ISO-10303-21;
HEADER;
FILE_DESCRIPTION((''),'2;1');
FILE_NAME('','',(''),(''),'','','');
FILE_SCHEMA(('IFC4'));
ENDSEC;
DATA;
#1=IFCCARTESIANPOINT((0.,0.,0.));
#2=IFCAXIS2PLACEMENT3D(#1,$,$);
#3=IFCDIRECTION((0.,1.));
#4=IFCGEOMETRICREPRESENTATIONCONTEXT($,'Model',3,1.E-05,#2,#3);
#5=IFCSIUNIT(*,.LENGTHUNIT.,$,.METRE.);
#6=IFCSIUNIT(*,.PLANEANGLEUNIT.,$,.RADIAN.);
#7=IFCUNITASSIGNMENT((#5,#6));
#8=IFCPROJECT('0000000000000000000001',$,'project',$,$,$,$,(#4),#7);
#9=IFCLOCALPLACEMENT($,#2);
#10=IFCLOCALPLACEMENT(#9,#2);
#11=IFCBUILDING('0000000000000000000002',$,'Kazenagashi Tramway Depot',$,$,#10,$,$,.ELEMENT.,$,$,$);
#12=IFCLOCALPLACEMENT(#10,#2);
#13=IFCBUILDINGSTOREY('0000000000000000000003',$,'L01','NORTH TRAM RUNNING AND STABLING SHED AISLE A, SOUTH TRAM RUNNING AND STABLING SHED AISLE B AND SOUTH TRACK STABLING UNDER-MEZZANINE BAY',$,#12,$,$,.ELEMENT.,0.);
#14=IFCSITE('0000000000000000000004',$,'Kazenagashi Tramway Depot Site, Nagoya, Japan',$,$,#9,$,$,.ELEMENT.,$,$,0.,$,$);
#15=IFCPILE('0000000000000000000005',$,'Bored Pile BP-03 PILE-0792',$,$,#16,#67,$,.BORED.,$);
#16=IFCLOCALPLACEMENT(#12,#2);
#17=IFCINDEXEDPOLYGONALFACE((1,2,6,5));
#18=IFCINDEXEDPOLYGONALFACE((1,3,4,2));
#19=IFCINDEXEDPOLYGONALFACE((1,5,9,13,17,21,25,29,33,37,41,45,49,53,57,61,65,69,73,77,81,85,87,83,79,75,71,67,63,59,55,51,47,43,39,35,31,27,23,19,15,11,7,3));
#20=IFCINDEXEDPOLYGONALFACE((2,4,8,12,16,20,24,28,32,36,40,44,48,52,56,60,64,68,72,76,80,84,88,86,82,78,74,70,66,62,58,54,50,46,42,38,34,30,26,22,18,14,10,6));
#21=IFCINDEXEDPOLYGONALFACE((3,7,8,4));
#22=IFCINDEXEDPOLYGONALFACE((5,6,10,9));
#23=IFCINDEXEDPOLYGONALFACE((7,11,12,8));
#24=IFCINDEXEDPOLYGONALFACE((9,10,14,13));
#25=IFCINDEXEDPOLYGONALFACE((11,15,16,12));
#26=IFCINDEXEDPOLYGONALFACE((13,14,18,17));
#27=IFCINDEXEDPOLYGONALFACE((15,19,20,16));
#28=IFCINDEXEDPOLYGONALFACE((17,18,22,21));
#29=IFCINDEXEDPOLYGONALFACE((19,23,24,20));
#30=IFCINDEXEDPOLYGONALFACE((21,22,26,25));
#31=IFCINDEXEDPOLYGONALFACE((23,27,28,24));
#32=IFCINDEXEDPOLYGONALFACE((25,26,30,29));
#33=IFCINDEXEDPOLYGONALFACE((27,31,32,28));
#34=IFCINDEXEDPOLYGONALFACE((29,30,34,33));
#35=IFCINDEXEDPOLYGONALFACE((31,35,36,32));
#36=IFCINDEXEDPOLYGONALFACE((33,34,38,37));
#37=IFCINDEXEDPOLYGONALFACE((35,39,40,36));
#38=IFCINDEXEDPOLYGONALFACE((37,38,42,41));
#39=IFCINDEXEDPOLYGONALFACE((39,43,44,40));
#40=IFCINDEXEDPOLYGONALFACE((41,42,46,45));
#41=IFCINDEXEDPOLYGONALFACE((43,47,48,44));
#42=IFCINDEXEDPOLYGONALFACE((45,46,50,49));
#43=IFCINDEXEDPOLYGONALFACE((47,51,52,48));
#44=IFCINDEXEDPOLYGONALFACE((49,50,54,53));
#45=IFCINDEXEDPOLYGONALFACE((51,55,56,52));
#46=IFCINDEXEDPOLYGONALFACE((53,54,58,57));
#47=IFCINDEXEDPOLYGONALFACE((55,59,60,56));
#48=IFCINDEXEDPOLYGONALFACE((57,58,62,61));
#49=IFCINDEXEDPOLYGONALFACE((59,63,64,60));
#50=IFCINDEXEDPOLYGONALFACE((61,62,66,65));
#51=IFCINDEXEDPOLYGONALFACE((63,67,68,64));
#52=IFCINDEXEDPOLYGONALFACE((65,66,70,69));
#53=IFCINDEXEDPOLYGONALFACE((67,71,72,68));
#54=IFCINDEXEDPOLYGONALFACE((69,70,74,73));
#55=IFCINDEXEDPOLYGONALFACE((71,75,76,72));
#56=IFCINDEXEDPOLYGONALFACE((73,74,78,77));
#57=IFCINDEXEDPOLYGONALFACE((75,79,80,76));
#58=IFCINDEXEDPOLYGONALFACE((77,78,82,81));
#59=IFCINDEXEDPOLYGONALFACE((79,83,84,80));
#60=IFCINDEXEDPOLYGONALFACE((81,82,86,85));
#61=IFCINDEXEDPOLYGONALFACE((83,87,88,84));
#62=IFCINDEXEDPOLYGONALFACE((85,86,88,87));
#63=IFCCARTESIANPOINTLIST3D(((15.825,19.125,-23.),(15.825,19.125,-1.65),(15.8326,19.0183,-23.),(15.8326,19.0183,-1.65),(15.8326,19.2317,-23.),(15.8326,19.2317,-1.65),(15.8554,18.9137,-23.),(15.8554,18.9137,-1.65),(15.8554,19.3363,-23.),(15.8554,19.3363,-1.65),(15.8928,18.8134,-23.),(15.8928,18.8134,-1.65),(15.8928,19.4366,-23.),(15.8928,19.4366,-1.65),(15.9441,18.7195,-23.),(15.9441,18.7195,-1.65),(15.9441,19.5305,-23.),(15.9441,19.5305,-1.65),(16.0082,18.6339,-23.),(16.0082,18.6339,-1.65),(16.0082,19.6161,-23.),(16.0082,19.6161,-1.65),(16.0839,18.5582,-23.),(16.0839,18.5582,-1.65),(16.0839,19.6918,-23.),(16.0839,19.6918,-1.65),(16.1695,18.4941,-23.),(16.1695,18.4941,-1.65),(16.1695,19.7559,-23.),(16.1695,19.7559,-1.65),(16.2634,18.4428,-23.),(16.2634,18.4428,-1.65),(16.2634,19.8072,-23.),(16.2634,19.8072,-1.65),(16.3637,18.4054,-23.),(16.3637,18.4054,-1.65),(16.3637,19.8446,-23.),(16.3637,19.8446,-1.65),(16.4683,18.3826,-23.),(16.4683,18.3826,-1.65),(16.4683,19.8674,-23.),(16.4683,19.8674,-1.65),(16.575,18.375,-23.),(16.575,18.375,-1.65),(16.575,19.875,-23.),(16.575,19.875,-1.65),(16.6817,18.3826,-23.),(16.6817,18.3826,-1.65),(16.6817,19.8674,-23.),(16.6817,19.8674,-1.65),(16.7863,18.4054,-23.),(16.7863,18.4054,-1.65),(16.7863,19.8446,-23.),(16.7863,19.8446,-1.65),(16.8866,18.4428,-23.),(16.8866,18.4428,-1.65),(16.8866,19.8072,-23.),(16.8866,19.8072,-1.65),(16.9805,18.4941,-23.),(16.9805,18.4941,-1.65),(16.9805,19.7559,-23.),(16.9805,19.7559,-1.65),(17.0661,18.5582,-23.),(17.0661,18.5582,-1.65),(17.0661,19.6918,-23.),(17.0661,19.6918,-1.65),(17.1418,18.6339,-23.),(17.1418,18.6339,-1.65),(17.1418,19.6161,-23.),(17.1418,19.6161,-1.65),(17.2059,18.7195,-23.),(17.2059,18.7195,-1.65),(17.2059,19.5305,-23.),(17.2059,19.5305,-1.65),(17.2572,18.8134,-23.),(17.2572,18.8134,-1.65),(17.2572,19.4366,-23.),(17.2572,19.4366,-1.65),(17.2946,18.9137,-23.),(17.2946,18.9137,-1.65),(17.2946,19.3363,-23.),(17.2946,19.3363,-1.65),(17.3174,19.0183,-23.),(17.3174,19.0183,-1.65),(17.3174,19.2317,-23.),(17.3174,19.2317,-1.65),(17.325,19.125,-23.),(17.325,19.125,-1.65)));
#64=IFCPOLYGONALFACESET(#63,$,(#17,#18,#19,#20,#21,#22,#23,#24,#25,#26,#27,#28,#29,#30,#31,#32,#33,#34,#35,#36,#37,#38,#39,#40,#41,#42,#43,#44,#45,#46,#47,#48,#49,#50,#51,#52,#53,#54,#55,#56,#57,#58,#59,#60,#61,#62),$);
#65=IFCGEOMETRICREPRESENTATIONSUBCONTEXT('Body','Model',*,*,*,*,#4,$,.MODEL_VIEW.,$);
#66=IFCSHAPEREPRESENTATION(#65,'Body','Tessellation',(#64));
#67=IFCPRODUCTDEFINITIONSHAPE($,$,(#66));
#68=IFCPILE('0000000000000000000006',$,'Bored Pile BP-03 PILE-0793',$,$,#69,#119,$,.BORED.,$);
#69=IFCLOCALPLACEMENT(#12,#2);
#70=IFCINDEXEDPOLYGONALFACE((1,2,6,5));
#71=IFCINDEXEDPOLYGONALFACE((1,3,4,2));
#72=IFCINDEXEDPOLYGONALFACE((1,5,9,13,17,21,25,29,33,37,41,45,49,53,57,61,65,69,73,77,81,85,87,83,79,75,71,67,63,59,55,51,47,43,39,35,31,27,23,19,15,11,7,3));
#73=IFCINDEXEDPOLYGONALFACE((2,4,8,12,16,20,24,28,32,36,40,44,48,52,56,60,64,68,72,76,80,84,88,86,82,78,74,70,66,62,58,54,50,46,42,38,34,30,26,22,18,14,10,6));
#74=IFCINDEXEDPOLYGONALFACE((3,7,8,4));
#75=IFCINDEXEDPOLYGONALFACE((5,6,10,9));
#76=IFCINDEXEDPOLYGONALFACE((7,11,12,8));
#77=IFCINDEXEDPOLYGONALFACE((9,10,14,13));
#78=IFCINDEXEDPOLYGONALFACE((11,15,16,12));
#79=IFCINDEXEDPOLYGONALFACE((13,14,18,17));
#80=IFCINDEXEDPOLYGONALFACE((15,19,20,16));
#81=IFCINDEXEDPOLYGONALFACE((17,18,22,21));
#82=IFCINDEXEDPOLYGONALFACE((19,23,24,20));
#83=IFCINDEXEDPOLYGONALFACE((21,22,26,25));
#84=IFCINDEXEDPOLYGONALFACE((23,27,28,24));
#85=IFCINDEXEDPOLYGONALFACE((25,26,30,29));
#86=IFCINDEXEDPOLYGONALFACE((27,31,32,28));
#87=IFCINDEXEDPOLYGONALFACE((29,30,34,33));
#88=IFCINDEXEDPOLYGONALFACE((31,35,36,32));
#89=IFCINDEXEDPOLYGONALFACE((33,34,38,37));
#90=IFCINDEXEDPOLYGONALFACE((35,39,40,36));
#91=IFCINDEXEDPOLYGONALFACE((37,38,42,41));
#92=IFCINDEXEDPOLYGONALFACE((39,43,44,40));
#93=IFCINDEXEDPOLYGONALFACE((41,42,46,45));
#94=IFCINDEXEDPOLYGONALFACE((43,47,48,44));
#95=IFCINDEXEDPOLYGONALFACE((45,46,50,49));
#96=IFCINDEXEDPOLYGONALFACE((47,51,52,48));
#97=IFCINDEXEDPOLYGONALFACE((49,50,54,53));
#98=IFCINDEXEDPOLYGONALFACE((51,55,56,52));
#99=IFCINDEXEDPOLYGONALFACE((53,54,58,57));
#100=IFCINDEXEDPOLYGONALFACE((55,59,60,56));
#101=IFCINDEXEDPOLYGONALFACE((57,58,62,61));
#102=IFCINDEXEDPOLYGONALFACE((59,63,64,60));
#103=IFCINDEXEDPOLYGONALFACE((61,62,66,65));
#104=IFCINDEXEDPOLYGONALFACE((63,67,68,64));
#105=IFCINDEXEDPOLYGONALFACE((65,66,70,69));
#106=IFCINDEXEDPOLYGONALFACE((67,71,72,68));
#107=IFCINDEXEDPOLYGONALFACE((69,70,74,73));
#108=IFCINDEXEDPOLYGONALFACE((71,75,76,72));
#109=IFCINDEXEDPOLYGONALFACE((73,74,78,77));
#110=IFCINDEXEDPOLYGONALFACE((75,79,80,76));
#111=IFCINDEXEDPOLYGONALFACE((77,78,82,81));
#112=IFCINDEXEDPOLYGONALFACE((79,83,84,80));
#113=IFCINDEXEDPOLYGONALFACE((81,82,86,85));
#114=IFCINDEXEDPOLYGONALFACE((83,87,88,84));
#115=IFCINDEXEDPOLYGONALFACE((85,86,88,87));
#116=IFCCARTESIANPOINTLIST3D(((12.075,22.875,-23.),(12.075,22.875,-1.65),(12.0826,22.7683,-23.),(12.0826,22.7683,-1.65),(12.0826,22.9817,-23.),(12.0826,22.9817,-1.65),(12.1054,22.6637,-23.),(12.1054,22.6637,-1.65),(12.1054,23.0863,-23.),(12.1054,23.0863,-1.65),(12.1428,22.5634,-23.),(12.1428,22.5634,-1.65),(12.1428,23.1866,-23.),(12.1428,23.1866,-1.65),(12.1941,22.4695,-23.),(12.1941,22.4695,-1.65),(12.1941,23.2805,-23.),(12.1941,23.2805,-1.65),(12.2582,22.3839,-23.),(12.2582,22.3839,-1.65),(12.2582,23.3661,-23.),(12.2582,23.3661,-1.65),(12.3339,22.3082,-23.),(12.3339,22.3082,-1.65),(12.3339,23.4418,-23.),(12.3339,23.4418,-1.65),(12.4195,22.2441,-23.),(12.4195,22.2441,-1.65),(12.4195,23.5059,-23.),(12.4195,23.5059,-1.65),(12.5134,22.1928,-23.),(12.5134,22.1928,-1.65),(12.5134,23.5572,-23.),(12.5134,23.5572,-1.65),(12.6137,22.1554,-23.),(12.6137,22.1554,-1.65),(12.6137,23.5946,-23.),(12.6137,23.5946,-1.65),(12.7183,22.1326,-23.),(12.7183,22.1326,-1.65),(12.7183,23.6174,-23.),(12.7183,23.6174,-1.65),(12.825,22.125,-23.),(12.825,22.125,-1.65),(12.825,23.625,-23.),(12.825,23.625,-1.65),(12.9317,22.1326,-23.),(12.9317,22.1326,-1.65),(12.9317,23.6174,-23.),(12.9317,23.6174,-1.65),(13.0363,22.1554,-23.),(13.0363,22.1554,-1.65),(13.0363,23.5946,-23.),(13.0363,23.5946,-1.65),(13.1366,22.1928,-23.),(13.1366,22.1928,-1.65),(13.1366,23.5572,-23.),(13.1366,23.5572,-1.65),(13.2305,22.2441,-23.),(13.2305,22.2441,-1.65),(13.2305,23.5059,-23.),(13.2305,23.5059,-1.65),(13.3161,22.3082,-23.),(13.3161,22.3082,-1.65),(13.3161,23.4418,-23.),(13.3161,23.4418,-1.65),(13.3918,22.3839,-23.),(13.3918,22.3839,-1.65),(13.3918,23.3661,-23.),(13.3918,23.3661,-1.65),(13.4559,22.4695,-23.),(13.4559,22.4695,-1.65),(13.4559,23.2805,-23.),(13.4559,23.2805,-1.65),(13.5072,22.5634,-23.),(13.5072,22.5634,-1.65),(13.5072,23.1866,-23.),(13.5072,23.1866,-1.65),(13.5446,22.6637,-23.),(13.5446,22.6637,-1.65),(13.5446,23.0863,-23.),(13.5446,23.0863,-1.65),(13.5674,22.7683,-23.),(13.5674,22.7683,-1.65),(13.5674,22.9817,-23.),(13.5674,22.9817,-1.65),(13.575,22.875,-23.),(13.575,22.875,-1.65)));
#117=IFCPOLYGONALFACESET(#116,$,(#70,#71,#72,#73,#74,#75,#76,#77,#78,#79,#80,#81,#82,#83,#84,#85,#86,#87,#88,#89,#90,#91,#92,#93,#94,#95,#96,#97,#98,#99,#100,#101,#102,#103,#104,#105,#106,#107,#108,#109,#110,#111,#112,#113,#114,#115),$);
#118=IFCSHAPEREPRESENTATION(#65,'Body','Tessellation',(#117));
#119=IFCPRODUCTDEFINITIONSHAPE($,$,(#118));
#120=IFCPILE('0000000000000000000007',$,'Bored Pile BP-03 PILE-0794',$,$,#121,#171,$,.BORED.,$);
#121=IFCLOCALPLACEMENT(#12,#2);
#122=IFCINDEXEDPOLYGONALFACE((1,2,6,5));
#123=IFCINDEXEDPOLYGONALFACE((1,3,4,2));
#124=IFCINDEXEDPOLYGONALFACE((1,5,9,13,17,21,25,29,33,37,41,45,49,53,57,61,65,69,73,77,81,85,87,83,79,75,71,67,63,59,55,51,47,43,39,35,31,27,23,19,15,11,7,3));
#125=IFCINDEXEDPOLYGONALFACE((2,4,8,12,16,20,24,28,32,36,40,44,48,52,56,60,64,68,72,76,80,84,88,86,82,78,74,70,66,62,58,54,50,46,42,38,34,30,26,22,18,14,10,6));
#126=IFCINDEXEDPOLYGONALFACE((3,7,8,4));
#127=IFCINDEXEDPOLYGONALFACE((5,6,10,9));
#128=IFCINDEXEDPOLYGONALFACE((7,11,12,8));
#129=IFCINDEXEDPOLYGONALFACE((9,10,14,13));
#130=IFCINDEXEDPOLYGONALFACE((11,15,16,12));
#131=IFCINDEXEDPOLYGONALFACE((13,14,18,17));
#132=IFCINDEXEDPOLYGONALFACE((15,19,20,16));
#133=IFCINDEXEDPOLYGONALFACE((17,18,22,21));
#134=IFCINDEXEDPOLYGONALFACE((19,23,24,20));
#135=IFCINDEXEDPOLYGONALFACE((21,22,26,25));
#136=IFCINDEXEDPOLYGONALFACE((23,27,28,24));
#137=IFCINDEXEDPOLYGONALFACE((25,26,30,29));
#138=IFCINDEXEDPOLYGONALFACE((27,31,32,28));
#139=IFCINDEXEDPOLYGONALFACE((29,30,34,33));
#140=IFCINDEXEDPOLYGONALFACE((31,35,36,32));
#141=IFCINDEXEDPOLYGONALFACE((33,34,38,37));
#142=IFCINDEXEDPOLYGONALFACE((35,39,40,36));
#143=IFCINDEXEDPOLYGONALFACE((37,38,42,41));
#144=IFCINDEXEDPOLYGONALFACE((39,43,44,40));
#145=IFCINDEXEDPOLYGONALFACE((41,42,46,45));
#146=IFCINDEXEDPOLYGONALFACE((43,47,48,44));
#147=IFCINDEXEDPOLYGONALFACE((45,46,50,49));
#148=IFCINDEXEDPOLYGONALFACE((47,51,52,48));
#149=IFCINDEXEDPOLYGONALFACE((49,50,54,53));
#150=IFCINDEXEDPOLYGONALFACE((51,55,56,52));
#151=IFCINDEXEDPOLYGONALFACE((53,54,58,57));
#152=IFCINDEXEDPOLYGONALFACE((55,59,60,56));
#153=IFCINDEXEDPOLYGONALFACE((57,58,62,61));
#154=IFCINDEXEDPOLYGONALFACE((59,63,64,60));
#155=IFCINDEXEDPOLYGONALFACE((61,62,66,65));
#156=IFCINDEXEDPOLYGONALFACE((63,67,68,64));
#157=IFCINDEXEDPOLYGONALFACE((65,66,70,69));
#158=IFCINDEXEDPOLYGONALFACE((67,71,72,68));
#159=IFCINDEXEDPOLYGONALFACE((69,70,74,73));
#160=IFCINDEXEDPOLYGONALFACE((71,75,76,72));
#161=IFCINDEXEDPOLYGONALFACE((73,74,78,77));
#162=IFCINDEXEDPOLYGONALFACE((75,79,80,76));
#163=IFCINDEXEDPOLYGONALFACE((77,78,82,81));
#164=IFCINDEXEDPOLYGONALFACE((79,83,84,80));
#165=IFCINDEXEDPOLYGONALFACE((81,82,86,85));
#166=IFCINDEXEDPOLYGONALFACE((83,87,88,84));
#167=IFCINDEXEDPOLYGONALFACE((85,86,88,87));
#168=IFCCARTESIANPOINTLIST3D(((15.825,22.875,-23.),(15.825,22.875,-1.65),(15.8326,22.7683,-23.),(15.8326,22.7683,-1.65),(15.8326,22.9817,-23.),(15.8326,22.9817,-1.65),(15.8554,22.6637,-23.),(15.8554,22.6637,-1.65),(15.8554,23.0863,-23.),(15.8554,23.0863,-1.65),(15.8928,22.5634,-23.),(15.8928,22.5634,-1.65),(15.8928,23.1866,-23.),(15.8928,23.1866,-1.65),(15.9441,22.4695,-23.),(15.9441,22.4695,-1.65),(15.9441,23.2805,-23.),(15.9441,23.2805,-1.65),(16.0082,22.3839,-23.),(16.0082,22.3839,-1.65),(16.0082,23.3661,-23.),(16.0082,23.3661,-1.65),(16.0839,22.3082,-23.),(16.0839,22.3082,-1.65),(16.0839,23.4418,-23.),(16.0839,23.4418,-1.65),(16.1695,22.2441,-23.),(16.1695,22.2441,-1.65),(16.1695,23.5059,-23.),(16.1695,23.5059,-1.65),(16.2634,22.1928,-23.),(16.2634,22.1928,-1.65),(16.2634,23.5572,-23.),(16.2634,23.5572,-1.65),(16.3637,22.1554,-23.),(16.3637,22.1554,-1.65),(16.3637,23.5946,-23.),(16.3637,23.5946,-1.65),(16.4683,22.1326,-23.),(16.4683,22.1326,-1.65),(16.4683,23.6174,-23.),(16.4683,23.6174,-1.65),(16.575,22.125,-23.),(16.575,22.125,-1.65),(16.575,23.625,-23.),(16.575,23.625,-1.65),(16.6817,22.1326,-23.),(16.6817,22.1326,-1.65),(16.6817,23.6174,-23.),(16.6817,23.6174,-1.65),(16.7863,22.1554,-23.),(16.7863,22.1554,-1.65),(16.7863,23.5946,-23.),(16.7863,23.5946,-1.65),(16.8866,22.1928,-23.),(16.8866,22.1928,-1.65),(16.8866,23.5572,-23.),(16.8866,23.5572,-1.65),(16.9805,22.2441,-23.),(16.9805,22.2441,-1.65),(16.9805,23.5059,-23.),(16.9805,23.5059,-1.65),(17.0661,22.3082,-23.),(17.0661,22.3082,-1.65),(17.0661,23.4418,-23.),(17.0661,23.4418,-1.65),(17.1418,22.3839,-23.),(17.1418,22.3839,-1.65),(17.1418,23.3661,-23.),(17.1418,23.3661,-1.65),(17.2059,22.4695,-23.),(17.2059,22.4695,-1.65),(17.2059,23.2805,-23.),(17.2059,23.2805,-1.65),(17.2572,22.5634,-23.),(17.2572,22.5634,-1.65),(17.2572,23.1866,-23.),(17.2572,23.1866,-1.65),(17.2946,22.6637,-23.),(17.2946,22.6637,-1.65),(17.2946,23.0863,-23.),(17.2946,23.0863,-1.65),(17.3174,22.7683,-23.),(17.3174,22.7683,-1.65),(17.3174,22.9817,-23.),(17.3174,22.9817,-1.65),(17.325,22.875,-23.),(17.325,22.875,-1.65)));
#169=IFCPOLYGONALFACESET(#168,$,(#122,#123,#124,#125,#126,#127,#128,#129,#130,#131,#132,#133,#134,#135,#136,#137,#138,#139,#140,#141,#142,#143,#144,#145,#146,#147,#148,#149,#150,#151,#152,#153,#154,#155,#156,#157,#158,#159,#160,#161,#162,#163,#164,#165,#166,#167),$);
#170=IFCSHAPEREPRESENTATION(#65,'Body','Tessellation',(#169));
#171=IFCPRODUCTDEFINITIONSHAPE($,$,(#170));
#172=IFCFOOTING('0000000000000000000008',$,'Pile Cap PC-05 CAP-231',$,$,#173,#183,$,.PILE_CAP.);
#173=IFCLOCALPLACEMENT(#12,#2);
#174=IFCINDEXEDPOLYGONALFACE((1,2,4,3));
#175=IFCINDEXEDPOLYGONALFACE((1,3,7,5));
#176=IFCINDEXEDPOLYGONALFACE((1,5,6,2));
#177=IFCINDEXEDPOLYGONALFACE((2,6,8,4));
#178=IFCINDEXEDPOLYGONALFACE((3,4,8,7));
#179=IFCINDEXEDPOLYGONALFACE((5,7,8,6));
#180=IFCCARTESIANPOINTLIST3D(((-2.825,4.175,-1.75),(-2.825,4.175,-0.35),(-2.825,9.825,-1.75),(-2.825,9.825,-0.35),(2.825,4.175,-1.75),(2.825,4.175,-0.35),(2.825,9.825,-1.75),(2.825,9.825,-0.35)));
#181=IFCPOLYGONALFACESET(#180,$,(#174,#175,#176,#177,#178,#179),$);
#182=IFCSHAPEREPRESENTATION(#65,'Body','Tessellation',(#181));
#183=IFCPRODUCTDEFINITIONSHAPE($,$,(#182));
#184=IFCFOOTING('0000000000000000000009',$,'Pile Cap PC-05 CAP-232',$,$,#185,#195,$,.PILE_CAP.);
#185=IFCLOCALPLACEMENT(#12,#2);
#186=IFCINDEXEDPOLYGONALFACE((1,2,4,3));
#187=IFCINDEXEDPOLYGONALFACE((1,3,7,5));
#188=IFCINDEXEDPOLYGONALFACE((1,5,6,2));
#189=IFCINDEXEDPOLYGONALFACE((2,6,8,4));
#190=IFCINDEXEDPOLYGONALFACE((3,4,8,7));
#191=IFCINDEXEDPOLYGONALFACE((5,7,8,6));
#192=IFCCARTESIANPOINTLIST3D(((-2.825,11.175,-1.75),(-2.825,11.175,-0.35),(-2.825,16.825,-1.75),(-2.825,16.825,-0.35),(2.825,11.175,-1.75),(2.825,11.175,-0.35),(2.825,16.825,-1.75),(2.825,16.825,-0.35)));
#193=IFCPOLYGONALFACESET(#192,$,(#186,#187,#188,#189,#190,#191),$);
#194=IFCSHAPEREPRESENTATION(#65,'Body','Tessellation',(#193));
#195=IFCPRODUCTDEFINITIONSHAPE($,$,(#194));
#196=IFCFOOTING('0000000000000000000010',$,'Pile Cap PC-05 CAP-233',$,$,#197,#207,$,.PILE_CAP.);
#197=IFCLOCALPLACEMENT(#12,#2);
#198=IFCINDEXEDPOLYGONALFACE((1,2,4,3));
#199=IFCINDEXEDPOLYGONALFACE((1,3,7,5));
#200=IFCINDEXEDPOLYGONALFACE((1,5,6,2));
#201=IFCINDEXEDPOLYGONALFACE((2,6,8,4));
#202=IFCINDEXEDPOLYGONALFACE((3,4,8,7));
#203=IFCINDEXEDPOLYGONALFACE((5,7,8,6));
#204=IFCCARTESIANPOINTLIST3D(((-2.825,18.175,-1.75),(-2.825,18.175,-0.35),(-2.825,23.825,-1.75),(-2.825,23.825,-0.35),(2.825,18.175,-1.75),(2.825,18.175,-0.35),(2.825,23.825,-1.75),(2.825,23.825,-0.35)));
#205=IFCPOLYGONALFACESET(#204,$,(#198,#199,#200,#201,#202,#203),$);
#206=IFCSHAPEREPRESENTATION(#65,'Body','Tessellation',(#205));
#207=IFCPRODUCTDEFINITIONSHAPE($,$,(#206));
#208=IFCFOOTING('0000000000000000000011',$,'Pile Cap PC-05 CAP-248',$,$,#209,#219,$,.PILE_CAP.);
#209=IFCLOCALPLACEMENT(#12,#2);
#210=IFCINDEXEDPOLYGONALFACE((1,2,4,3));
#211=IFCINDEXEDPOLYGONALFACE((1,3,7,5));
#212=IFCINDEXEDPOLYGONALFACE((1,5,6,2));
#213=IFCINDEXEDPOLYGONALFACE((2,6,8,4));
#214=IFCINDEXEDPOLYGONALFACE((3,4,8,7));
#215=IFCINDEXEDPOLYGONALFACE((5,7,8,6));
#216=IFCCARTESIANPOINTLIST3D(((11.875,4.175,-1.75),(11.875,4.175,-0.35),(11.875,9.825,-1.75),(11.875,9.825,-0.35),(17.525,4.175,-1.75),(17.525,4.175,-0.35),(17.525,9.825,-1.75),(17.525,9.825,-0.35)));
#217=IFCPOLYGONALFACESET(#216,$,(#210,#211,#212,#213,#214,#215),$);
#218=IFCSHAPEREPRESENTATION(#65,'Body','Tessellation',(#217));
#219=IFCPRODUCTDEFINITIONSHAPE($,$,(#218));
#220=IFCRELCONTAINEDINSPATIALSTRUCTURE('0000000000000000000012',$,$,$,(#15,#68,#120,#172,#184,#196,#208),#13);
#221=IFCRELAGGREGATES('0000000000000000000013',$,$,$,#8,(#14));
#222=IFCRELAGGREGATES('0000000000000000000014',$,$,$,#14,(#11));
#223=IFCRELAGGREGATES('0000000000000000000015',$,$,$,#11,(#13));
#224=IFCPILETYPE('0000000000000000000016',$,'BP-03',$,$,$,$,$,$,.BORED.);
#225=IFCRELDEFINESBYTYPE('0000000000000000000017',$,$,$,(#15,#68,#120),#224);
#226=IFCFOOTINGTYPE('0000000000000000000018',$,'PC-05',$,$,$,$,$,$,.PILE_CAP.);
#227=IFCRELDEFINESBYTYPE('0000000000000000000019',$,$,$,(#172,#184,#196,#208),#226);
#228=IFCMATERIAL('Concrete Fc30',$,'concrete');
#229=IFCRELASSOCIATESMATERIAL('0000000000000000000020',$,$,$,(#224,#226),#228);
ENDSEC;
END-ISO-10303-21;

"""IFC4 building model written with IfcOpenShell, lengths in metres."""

from ifc_helpers import new_model, si_unit, direction, frame, origin, origin_2d, place, context, subcontext, project, spatial, rectangle, circle, extrude, material, material_profile, profile_set, type_object, element, save


model = new_model("IFC4")

# Units and contexts
model_context = context("Model", 3, precision=1e-05, world=origin(), true_north=direction((0.0, 1.0)))
body_context = subcontext(model_context, "Body", "Model", "MODEL_VIEW")
ifc_project = project(units=[si_unit("LENGTHUNIT", "METRE"), si_unit("PLANEANGLEUNIT", "RADIAN")], contexts=[model_context])

# Site, building, storey
site_placement = place(None, origin())
site = spatial("IfcSite", under=ifc_project, at=site_placement, Name="Kazenagashi Tramway Depot Site, Nagoya, Japan", CompositionType="ELEMENT", RefElevation=0.0)
building_placement = place(site_placement, origin())
building = spatial("IfcBuilding", under=site, at=building_placement, Name="Kazenagashi Tramway Depot", CompositionType="ELEMENT")
storey_placement = place(building_placement, origin())
storey = spatial("IfcBuildingStorey", under=building, at=storey_placement, Name="L01", Description="NORTH TRAM RUNNING AND STABLING SHED AISLE A, SOUTH TRAM RUNNING AND STABLING SHED AISLE B AND SOUTH TRACK STABLING UNDER-MEZZANINE BAY", CompositionType="ELEMENT", Elevation=0.0)

# Piles
ifc_material_1 = material(Name="Concrete Fc30", Category="concrete")
ifc_material_profile_1 = material_profile(ifc_material_1, circle(Radius=0.75, at=origin_2d()), Name="PILE-1500")
ifc_profile_set_1 = profile_set([ifc_material_profile_1], Name="Concrete Fc30")
pile_type = type_object("IfcPileType", Name="BP-03", PredefinedType="BORED", material=ifc_profile_set_1)
for number, where, z_axis, x_axis, name in (
    (1, (16.575, 19.125, -1.65), (0.0, 0.0, -1.0), (1.0, 0.0, 0.0), "Bored Pile BP-03 PILE-0792"),
    (2, (12.825, 22.875, -1.65), (0.0, 0.0, -1.0), (1.0, 0.0, 0.0), "Bored Pile BP-03 PILE-0793"),
    (3, (16.575, 22.875, -1.65), (0.0, 0.0, -1.0), (1.0, 0.0, 0.0), "Bored Pile BP-03 PILE-0794"),
):
    element("IfcPile", number, at=place(storey_placement, frame(where, z_axis=z_axis, x_axis=x_axis)), inside=storey, type_object=pile_type, Name=name, PredefinedType="BORED", context=body_context, shape_type="SweptSolid", body=[
        extrude(circle(Radius=0.75, at=origin_2d()), origin(), (0.0, 0.0, 1.0), 21.35),
    ])

# Footings
footing_type = type_object("IfcFootingType", Name="PC-05", PredefinedType="PILE_CAP", material=ifc_material_1)
for number, where, z_axis, x_axis, name in (
    (4, (0.0, 7.0, -1.75), (0.0, 0.0, 1.0), (1.0, 0.0, 0.0), "Pile Cap PC-05 CAP-231"),
    (5, (0.0, 14.0, -1.75), (0.0, 0.0, 1.0), (1.0, 0.0, 0.0), "Pile Cap PC-05 CAP-232"),
    (6, (0.0, 21.0, -1.75), (0.0, 0.0, 1.0), (1.0, 0.0, 0.0), "Pile Cap PC-05 CAP-233"),
    (7, (14.7, 7.0, -1.75), (0.0, 0.0, 1.0), (1.0, 0.0, 0.0), "Pile Cap PC-05 CAP-248"),
):
    element("IfcFooting", number, at=place(storey_placement, frame(where, z_axis=z_axis, x_axis=x_axis)), inside=storey, type_object=footing_type, Name=name, PredefinedType="PILE_CAP", context=body_context, shape_type="SweptSolid", body=[
        extrude(rectangle(XDim=5.65, YDim=5.65, at=origin_2d()), origin(), (0.0, 0.0, 1.0), 1.4),
    ])

save(model, "model.ifc")
